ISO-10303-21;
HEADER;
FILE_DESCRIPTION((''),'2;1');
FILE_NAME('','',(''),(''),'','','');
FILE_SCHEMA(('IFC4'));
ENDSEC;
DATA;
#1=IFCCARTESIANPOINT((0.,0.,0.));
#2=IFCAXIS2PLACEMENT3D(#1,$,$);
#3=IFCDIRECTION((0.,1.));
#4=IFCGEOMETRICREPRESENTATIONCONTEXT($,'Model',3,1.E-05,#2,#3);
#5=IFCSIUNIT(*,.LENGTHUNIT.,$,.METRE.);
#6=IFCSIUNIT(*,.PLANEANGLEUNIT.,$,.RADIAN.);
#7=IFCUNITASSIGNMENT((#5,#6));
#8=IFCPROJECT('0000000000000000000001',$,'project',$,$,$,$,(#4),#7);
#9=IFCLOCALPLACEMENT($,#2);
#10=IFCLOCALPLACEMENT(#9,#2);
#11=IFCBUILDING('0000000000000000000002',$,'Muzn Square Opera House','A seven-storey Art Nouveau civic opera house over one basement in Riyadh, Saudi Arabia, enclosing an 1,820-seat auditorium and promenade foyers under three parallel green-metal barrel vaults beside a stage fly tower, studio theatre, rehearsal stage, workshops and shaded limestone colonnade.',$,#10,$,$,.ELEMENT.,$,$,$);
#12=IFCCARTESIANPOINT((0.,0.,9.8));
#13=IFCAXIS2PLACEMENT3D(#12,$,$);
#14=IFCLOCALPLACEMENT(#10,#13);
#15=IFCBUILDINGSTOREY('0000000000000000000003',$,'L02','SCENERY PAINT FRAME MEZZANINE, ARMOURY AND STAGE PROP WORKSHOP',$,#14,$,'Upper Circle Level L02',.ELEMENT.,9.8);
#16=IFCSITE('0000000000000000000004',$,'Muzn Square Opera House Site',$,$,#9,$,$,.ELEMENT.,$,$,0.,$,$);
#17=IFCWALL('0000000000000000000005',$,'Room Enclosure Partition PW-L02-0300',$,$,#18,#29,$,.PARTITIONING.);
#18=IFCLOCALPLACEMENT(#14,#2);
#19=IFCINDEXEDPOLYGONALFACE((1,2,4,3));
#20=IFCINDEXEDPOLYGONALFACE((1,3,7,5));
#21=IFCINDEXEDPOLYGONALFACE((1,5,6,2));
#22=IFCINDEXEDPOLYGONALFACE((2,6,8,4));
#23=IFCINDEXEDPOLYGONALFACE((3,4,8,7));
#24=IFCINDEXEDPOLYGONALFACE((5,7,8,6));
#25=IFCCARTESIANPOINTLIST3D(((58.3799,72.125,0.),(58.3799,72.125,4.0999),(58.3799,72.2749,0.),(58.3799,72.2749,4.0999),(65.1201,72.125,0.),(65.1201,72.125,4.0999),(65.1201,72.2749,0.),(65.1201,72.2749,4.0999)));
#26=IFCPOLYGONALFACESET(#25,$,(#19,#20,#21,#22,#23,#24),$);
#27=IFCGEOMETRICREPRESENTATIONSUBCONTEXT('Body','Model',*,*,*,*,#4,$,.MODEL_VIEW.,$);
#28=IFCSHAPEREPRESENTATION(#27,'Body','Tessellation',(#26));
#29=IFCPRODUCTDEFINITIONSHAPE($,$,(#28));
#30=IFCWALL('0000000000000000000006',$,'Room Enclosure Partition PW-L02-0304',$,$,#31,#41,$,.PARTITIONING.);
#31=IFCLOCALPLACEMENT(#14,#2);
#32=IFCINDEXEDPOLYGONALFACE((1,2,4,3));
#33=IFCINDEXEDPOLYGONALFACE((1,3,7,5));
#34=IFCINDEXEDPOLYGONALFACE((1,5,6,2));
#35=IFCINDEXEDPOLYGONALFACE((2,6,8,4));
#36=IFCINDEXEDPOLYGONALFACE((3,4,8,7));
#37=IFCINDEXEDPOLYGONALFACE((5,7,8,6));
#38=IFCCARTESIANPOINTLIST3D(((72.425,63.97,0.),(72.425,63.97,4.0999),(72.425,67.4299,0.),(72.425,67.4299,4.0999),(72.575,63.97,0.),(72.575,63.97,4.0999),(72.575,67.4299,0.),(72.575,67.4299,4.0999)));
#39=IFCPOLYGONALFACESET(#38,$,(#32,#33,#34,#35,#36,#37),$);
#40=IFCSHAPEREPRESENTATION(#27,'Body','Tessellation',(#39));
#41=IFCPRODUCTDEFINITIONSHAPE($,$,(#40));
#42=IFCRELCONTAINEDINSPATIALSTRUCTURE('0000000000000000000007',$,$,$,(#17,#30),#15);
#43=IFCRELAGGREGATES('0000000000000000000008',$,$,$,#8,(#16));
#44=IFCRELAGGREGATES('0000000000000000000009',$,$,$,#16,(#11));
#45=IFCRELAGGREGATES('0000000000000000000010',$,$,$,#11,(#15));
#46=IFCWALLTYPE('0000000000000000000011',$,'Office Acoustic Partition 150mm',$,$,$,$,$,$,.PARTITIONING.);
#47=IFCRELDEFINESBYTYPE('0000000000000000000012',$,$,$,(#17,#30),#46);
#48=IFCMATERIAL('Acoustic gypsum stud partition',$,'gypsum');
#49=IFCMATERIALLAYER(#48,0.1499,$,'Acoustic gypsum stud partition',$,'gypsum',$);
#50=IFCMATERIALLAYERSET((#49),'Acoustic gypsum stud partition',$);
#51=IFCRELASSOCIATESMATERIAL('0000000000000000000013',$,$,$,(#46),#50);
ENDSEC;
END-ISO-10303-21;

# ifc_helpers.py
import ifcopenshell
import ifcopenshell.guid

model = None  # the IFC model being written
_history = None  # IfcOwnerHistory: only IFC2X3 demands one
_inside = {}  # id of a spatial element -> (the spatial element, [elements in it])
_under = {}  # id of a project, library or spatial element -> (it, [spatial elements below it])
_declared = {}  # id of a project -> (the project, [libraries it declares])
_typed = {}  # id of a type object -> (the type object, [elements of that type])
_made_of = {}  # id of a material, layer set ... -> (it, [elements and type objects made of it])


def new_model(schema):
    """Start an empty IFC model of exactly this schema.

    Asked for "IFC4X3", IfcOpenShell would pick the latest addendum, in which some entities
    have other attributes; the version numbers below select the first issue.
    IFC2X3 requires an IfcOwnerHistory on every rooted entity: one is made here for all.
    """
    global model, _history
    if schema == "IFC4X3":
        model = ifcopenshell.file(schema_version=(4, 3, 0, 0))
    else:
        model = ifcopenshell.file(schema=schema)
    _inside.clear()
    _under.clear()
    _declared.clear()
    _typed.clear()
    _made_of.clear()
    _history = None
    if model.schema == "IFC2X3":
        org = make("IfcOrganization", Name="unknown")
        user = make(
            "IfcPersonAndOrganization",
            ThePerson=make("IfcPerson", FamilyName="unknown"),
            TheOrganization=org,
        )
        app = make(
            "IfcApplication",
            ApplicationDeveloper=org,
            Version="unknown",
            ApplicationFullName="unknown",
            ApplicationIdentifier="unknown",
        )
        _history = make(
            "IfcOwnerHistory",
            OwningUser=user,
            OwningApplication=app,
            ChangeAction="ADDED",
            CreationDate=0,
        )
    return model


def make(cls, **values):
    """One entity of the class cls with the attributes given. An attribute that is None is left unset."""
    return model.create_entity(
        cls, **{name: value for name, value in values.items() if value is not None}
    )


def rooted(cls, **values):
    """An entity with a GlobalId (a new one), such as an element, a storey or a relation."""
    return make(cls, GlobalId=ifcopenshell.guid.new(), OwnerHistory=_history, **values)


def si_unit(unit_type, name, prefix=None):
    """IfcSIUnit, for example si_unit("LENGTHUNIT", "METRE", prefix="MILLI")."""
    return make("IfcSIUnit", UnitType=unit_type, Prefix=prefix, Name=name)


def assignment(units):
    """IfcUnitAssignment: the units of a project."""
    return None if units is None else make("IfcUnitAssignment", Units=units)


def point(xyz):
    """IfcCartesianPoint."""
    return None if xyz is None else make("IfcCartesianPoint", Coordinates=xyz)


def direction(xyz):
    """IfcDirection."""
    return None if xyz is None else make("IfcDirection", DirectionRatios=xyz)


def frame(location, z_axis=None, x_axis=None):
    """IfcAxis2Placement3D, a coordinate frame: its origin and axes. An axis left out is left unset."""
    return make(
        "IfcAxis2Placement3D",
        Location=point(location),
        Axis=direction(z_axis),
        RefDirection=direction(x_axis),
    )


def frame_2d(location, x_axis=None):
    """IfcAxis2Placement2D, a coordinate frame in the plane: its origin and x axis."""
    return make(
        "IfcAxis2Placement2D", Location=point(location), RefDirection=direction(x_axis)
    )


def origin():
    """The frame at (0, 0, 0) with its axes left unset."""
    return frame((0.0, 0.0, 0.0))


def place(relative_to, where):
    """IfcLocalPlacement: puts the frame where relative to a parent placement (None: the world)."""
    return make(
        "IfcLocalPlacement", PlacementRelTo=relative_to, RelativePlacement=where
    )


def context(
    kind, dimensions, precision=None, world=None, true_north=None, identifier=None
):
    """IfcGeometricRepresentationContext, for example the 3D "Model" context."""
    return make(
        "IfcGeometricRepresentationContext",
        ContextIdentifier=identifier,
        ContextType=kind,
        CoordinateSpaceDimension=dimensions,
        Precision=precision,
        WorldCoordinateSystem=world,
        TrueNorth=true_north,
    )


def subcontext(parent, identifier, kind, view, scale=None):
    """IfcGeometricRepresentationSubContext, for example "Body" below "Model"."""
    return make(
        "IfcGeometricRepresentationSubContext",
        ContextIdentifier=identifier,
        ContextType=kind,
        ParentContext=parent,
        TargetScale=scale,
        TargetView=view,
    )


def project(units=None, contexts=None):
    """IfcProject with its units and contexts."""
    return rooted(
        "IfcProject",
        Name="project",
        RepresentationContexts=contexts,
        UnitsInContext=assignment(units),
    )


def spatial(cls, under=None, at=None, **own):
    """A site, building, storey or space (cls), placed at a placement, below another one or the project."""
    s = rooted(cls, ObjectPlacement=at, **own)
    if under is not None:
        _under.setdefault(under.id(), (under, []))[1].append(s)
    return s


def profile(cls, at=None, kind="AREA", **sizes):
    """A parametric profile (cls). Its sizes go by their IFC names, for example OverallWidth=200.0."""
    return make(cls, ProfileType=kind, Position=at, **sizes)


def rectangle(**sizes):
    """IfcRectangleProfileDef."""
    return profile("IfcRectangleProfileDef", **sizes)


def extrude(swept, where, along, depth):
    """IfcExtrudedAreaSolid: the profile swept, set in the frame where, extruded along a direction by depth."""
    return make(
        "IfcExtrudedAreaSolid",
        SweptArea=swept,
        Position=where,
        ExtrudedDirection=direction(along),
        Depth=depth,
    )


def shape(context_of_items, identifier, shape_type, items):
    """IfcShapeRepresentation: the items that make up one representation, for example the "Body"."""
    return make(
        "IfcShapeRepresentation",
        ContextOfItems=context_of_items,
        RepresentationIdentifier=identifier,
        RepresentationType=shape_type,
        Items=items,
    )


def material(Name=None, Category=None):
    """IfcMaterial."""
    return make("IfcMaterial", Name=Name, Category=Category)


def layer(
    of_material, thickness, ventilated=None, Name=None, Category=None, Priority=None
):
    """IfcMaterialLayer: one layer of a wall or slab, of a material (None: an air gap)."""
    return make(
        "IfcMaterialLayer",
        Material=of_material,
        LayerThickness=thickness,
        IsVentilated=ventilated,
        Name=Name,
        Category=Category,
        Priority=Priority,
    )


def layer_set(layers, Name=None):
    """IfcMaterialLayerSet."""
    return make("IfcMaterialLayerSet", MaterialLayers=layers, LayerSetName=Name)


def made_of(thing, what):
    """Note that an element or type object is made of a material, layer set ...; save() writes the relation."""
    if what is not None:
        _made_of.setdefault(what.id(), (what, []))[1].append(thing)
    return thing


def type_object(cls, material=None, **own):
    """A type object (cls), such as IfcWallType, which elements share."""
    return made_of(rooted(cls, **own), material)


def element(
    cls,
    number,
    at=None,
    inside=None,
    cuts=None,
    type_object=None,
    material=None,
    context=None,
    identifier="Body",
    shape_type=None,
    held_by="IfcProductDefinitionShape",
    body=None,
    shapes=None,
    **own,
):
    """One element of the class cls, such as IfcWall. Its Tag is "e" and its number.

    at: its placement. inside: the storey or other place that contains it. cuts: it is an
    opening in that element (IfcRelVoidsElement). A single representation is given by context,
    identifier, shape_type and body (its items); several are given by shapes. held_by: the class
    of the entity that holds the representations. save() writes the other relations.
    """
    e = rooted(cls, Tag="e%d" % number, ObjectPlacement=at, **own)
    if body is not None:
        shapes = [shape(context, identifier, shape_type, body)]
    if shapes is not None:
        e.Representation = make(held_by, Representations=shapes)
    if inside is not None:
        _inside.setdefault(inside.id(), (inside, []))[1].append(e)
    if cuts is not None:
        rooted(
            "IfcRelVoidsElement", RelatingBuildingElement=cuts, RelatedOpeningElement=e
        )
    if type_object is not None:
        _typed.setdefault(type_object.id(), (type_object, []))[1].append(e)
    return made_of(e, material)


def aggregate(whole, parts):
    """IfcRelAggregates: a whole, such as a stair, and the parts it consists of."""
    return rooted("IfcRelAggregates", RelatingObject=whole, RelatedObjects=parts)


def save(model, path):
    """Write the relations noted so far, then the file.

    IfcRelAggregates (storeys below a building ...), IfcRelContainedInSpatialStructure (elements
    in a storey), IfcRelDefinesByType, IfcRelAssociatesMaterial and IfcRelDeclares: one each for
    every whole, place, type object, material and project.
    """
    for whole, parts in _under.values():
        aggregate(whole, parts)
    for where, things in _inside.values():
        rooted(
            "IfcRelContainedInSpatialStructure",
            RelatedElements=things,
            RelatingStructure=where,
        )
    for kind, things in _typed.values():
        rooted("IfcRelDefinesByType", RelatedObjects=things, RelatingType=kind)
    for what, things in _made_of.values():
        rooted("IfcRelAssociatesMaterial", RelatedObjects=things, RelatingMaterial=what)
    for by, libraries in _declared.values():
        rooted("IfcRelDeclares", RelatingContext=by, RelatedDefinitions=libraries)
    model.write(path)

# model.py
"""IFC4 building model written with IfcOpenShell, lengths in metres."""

from ifc_helpers import new_model, si_unit, direction, frame, frame_2d, origin, place, context, subcontext, project, spatial, rectangle, extrude, material, layer, layer_set, type_object, element, save


model = new_model("IFC4")

# Units and contexts
model_context = context("Model", 3, precision=1e-05, world=origin(), true_north=direction((0.0, 1.0)))
body_context = subcontext(model_context, "Body", "Model", "MODEL_VIEW")
ifc_project = project(units=[si_unit("LENGTHUNIT", "METRE"), si_unit("PLANEANGLEUNIT", "RADIAN")], contexts=[model_context])

# Site, building, storey
site_placement = place(None, origin())
site = spatial("IfcSite", under=ifc_project, at=site_placement, Name="Muzn Square Opera House Site", CompositionType="ELEMENT", RefElevation=0.0)
building_placement = place(site_placement, origin())
building = spatial("IfcBuilding", under=site, at=building_placement, Name="Muzn Square Opera House", Description="A seven-storey Art Nouveau civic opera house over one basement in Riyadh, Saudi Arabia, enclosing an 1,820-seat auditorium and promenade foyers under three parallel green-metal barrel vaults beside a stage fly tower, studio theatre, rehearsal stage, workshops and shaded limestone colonnade.", CompositionType="ELEMENT")
storey_placement = place(building_placement, frame((0.0, 0.0, 9.8)))
storey = spatial("IfcBuildingStorey", under=building, at=storey_placement, Name="L02", Description="SCENERY PAINT FRAME MEZZANINE, ARMOURY AND STAGE PROP WORKSHOP", LongName="Upper Circle Level L02", CompositionType="ELEMENT", Elevation=9.8)

# Shared definitions
ifc_material_1 = material(Name="Acoustic gypsum stud partition", Category="gypsum")
ifc_layer_1 = layer(ifc_material_1, 0.1499, Name="Acoustic gypsum stud partition", Category="gypsum")
ifc_layer_set_1 = layer_set([ifc_layer_1], Name="Acoustic gypsum stud partition")
wall_type_1 = type_object("IfcWallType", Name="Office Acoustic Partition 150mm", PredefinedType="PARTITIONING", material=ifc_layer_set_1)

# Walls
wall_1_placement = place(storey_placement, frame((58.3799, 72.2, 0.0), z_axis=(0.0, 0.0, 1.0), x_axis=(1.0, 0.0, 0.0)))
element("IfcWall", 1, at=wall_1_placement, inside=storey, type_object=wall_type_1, Name="Room Enclosure Partition PW-L02-0300", PredefinedType="PARTITIONING", context=body_context, shape_type="SweptSolid", body=[
    extrude(rectangle(XDim=6.7402, YDim=0.1499, at=frame_2d((3.3701, 0.0))), origin(), (0.0, 0.0, 1.0), 4.0999),
])
wall_2_placement = place(storey_placement, frame((72.5, 63.97, 0.0), z_axis=(0.0, 0.0, 1.0), x_axis=(0.0, 1.0, 0.0)))
element("IfcWall", 2, at=wall_2_placement, inside=storey, type_object=wall_type_1, Name="Room Enclosure Partition PW-L02-0304", PredefinedType="PARTITIONING", context=body_context, shape_type="SweptSolid", body=[
    extrude(rectangle(XDim=3.46, YDim=0.1499, at=frame_2d((1.73, 0.0))), origin(), (0.0, 0.0, 1.0), 4.0999),
])

save(model, "model.ifc")
